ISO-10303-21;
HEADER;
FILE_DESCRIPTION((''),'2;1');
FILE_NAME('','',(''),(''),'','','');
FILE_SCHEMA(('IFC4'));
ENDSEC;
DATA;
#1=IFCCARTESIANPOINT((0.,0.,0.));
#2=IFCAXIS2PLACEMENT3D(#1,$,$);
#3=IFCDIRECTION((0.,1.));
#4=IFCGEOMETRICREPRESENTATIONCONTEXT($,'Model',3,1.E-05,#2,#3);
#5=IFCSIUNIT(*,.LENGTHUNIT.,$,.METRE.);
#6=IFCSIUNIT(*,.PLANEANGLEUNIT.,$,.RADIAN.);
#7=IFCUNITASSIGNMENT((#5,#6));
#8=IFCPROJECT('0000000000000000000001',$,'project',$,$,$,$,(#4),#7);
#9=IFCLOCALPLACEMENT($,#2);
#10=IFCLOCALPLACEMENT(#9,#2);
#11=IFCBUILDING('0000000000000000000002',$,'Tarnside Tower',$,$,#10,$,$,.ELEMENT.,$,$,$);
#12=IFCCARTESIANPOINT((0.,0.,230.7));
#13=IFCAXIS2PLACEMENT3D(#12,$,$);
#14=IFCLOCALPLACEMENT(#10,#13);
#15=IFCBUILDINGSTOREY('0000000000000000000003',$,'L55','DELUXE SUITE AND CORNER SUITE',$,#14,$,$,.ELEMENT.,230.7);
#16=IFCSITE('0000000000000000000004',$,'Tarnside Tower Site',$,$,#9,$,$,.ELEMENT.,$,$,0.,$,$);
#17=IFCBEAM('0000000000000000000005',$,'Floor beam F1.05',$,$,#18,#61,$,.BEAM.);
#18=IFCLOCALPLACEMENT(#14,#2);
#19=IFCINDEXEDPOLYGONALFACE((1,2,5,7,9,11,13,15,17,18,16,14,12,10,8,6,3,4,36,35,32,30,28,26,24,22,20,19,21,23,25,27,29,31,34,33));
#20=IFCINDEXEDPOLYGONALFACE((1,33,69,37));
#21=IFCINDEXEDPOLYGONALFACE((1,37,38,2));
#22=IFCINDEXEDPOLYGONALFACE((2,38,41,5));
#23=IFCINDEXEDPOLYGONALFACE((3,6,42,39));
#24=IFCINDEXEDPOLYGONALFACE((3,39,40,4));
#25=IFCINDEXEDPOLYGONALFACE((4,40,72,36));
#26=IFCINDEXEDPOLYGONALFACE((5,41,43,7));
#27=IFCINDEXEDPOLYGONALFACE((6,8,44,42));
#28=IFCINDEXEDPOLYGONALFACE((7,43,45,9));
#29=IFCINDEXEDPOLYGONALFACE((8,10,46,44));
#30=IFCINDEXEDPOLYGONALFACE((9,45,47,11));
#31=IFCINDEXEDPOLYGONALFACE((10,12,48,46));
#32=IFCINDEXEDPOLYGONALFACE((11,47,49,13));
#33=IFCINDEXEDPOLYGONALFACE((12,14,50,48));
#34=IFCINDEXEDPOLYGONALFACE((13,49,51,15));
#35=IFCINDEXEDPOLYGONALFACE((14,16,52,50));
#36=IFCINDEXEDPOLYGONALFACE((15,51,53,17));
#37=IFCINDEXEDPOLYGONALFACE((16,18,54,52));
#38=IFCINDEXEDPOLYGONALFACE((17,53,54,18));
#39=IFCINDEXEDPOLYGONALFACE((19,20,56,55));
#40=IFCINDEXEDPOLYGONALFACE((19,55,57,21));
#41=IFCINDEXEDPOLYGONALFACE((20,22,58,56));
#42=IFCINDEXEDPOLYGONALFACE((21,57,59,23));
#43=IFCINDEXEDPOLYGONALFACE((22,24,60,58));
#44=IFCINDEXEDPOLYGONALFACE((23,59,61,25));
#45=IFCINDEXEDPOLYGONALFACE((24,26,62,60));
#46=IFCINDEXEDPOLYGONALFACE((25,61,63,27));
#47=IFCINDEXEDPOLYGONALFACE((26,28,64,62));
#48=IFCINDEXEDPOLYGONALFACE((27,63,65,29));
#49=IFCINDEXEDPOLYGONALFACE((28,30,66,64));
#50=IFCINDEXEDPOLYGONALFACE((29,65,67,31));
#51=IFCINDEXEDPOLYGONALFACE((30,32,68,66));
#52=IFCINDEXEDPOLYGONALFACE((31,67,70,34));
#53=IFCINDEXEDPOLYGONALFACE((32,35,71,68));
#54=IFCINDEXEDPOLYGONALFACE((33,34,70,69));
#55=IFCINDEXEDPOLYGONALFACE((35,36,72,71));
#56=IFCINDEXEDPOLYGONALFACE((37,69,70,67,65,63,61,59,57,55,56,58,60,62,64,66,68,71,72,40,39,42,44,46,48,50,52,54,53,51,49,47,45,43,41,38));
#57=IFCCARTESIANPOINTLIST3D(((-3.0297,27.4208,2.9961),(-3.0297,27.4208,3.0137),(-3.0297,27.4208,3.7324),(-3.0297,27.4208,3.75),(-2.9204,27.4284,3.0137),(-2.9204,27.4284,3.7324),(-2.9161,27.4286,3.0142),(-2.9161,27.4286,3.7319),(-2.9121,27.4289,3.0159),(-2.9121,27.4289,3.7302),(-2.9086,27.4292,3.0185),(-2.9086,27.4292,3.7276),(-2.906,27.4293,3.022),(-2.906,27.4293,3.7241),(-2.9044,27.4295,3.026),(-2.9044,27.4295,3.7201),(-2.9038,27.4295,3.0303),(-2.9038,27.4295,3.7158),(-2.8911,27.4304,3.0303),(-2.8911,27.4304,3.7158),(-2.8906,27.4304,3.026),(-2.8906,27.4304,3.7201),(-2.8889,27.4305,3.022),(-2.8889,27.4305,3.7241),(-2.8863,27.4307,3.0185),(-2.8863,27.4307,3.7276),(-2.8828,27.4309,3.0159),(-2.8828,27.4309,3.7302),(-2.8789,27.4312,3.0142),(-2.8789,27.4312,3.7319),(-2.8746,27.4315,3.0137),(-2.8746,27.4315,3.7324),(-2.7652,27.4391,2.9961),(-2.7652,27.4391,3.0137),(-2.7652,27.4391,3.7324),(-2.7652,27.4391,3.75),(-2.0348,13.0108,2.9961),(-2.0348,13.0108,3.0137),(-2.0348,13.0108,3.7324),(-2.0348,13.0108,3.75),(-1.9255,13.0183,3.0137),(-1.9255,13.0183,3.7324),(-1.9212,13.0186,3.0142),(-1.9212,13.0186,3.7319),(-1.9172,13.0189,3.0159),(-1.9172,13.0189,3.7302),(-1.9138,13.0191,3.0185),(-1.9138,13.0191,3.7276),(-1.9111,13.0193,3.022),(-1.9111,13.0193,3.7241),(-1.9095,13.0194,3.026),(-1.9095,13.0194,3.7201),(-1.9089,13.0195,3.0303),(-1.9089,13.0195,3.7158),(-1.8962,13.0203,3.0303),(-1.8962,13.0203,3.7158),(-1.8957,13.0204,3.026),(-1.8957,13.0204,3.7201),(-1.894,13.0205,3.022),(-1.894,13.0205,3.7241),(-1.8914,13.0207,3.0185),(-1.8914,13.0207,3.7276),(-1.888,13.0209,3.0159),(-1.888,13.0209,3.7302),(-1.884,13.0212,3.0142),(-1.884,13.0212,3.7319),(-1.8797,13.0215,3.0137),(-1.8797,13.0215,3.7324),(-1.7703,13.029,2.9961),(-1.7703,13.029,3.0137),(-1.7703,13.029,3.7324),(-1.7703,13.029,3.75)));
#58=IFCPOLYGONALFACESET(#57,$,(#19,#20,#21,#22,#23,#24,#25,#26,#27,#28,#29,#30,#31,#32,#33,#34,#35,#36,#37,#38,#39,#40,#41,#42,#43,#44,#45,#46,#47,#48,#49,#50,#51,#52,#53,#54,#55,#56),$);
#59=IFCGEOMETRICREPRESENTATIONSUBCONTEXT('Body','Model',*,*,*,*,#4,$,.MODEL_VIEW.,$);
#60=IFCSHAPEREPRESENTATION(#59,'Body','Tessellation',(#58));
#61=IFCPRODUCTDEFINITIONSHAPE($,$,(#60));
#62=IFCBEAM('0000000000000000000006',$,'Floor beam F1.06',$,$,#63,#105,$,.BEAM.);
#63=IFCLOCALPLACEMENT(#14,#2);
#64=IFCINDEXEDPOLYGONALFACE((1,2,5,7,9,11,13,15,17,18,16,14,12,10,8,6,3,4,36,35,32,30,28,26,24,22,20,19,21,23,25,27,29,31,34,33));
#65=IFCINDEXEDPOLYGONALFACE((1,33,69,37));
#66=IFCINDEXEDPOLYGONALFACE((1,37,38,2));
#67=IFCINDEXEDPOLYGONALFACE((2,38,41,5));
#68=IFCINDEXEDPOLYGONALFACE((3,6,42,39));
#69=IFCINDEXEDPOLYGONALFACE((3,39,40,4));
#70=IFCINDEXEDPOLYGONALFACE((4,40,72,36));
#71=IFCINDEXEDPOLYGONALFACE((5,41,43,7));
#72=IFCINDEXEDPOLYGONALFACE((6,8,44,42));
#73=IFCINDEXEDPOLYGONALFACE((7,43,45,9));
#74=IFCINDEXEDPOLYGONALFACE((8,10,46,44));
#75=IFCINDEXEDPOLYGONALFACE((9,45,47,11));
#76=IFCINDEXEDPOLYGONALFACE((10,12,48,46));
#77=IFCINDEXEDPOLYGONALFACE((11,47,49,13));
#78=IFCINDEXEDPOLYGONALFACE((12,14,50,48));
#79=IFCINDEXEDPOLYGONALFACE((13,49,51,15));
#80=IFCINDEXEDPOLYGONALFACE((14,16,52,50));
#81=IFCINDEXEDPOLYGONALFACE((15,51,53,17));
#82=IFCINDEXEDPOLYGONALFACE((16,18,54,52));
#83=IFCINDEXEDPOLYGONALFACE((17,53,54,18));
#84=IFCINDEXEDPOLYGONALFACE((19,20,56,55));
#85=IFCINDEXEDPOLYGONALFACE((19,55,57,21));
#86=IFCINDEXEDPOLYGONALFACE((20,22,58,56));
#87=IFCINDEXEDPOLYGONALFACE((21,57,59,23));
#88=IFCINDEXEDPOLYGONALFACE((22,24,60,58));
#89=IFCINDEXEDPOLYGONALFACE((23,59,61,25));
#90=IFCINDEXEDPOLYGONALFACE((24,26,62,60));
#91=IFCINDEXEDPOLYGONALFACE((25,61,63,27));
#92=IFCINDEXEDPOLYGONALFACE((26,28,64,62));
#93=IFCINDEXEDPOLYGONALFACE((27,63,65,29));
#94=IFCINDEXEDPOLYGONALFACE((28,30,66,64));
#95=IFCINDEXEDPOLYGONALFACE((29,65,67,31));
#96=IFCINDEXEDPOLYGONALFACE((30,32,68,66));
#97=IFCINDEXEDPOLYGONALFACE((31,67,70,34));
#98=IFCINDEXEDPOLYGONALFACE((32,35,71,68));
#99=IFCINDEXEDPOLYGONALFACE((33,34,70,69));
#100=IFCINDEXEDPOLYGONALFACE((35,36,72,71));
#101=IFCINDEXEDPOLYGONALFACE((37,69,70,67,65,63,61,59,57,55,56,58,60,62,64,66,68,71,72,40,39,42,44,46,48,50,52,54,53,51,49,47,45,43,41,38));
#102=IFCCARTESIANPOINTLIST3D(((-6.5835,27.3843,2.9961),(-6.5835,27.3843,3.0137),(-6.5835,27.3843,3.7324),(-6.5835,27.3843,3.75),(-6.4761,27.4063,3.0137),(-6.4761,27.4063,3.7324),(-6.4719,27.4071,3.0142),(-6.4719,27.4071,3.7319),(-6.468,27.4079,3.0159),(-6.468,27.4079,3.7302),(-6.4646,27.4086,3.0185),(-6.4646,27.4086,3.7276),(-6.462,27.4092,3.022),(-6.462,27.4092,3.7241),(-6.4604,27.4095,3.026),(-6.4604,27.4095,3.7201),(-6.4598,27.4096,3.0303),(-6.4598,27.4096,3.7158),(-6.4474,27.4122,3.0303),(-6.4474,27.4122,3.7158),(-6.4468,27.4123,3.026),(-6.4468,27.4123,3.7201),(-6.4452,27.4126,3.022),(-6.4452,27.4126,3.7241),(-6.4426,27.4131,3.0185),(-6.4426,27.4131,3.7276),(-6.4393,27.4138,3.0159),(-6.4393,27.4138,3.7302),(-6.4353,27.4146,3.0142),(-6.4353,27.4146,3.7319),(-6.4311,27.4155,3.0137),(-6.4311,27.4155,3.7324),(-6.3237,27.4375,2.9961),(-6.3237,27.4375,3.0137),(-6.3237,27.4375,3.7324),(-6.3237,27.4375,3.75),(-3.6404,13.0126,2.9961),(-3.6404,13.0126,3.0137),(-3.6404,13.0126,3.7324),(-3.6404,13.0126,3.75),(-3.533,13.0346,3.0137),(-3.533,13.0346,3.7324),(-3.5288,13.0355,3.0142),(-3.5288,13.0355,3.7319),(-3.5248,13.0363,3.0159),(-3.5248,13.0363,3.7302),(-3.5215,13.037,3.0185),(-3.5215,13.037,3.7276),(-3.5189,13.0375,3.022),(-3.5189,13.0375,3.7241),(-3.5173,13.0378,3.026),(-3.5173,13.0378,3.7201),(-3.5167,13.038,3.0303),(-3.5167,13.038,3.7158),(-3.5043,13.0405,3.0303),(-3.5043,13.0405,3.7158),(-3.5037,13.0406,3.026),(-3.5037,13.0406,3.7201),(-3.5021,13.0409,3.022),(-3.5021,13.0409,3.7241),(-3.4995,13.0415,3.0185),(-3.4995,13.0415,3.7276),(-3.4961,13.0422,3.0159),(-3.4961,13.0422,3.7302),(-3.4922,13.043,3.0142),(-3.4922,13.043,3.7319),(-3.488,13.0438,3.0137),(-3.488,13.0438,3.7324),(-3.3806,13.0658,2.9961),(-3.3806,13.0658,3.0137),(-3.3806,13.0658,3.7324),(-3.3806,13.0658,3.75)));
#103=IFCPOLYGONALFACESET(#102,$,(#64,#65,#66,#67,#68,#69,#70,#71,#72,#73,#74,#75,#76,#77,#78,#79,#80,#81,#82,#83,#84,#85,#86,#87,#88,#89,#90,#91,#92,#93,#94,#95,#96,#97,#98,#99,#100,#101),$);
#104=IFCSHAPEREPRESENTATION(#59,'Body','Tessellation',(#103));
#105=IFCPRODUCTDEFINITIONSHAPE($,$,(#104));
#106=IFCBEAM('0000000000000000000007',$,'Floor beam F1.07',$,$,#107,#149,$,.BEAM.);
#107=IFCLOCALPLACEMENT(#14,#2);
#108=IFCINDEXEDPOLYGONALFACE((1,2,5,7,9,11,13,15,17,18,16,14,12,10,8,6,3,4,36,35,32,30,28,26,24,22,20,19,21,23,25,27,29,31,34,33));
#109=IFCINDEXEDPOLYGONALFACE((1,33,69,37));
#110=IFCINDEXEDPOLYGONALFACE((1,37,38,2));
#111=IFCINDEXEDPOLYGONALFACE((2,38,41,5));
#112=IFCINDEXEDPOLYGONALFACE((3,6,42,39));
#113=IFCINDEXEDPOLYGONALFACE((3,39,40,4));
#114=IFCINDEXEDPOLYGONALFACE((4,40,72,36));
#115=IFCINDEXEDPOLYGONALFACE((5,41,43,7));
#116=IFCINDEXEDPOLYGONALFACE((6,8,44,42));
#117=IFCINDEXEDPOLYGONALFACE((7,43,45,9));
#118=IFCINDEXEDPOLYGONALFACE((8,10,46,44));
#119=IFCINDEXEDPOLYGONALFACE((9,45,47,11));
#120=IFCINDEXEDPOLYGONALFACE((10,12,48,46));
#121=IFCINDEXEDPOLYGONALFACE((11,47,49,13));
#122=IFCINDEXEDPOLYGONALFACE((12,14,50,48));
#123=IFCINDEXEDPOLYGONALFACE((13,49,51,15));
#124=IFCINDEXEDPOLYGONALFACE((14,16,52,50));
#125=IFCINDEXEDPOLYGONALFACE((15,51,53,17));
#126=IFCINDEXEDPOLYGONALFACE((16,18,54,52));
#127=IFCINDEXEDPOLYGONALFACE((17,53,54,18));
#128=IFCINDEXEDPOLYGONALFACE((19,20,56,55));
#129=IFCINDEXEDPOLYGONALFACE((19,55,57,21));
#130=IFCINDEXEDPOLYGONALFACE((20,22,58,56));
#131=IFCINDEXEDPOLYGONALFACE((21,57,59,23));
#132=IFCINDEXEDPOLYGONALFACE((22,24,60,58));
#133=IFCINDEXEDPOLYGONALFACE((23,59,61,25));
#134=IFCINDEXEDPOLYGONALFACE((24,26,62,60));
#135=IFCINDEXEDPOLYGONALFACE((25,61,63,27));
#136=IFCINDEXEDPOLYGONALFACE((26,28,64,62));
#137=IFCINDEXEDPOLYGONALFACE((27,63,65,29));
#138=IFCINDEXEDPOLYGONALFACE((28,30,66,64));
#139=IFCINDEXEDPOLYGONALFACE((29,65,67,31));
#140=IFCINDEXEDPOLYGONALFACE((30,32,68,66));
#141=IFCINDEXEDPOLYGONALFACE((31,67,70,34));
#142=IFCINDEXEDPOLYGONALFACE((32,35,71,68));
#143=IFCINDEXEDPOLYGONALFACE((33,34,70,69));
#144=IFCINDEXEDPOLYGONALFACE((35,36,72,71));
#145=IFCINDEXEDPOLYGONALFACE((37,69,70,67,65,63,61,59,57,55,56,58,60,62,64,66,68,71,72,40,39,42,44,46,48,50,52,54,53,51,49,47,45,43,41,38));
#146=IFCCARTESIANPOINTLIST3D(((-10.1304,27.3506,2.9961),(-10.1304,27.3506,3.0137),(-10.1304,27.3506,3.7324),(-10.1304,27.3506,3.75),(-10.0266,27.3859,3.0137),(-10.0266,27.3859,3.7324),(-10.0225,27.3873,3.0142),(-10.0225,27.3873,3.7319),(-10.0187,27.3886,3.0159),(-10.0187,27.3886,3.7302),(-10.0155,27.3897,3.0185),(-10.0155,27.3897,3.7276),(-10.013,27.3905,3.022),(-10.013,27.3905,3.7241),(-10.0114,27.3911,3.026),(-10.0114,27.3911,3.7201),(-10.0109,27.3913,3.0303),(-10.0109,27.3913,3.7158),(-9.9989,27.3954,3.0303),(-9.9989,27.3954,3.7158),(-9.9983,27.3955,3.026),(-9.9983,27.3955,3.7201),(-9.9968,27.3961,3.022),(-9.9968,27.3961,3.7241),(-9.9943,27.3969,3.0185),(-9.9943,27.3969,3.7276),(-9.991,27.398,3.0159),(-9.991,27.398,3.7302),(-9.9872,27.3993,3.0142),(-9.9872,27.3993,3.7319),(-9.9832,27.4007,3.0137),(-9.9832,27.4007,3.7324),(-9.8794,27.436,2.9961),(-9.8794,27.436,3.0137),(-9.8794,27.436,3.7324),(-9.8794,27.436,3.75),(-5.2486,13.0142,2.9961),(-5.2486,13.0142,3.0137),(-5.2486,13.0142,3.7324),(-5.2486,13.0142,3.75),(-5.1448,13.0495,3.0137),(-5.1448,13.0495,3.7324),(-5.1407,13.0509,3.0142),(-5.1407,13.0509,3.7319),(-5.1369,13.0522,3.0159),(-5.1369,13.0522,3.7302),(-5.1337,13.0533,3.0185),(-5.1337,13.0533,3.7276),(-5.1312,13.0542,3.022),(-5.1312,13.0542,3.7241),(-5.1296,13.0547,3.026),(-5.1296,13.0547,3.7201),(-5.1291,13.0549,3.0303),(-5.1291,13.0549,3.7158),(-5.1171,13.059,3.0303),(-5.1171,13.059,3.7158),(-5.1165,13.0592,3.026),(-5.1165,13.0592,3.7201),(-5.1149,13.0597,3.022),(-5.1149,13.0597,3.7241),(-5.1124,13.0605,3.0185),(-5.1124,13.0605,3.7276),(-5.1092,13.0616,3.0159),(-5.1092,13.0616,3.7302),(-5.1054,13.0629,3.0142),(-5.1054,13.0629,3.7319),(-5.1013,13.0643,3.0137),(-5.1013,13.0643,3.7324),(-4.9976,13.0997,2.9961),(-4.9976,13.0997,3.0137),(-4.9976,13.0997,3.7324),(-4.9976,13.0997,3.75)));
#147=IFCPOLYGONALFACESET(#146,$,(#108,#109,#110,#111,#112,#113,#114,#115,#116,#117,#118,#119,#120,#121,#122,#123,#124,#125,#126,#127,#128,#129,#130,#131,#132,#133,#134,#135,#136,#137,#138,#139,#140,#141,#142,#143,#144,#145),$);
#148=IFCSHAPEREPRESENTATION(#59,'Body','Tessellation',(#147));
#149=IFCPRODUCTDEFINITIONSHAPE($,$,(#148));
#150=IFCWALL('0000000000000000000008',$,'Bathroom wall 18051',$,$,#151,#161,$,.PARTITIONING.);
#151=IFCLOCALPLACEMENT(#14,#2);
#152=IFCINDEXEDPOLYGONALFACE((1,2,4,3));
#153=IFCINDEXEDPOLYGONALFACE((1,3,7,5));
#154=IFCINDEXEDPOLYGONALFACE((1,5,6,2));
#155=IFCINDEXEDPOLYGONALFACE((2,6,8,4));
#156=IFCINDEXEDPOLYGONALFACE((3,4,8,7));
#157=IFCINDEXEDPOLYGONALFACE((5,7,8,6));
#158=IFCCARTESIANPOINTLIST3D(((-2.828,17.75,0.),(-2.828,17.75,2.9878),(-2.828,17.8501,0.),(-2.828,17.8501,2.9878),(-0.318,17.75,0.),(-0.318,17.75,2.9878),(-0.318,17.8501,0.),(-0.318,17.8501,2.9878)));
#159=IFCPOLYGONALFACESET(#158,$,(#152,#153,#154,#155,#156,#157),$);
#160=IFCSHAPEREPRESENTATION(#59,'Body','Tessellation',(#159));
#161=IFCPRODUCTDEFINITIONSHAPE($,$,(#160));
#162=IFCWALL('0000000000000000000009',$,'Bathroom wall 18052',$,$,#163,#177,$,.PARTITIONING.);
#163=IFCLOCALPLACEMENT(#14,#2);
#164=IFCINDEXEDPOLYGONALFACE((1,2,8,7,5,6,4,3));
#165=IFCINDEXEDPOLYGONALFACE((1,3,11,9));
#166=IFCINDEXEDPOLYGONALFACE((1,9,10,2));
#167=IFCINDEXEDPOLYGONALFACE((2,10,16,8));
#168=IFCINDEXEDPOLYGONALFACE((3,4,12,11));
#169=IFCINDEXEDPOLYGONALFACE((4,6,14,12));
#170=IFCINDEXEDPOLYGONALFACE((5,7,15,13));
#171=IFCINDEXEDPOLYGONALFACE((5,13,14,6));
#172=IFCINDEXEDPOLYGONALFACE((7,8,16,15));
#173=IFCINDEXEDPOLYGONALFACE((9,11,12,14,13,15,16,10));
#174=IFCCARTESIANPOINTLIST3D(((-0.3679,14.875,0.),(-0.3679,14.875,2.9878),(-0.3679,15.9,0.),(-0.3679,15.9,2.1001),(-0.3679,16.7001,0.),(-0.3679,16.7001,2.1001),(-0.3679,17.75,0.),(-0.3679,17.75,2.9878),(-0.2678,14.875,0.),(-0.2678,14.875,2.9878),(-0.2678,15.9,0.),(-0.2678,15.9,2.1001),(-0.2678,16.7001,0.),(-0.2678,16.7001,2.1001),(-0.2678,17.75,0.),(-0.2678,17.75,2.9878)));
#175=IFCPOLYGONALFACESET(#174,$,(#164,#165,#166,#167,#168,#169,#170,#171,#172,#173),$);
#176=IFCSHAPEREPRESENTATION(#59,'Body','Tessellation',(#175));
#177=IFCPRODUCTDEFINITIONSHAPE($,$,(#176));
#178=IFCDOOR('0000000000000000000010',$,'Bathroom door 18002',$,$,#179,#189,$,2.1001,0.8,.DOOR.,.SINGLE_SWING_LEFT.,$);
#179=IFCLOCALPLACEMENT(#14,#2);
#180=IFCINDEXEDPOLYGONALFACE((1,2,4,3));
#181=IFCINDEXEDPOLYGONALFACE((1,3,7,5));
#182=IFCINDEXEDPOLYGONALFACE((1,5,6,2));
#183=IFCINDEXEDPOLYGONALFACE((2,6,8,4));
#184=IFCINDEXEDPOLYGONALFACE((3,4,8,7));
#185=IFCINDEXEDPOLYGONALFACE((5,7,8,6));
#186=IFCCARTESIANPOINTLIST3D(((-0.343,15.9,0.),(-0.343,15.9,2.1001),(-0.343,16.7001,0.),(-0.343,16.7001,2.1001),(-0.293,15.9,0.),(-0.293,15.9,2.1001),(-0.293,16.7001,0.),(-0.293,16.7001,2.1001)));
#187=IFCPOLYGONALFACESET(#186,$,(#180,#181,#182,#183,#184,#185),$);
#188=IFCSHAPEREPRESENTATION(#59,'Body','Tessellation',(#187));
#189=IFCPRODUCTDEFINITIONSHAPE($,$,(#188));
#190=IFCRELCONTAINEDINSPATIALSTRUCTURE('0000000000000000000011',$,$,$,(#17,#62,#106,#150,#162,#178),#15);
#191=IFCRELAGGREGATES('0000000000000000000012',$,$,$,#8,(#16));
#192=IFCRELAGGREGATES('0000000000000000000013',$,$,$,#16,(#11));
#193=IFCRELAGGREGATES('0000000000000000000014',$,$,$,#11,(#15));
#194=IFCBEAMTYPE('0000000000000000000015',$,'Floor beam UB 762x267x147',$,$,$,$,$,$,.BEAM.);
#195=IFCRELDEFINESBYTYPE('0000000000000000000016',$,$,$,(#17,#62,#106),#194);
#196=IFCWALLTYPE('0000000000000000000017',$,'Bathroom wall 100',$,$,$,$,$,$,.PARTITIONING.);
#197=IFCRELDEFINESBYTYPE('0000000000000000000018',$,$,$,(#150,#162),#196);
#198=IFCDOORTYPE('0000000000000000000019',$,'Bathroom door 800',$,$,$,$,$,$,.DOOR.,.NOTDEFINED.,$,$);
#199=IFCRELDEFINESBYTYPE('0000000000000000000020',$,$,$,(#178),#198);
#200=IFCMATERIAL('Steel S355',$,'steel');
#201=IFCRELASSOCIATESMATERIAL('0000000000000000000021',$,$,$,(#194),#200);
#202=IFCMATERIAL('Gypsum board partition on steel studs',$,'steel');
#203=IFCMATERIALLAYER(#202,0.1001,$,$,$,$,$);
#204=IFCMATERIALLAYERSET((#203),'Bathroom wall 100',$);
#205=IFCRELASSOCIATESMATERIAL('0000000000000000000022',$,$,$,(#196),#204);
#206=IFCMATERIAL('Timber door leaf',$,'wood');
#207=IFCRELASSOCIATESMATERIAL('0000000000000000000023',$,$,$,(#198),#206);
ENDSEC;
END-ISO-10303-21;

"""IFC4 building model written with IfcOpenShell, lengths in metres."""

from ifc_helpers import new_model, si_unit, direction, frame, frame_2d, origin, origin_2d, place, context, subcontext, project, spatial, rectangle, i_section, extrude, material, layer, layer_set, material_profile, profile_set, type_object, element, fill, save


model = new_model("IFC4")

# Units and contexts
model_context = context("Model", 3, precision=1e-05, world=origin(), true_north=direction((0.0, 1.0)))
body_context = subcontext(model_context, "Body", "Model", "MODEL_VIEW")
ifc_project = project(units=[si_unit("LENGTHUNIT", "METRE"), si_unit("PLANEANGLEUNIT", "RADIAN")], contexts=[model_context])

# Site, building, storey
site_placement = place(None, origin())
site = spatial("IfcSite", under=ifc_project, at=site_placement, Name="Tarnside Tower Site", CompositionType="ELEMENT", RefElevation=0.0)
building_placement = place(site_placement, origin())
building = spatial("IfcBuilding", under=site, at=building_placement, Name="Tarnside Tower", CompositionType="ELEMENT")
storey_placement = place(building_placement, frame((0.0, 0.0, 230.7)))
storey = spatial("IfcBuildingStorey", under=building, at=storey_placement, Name="L55", Description="DELUXE SUITE AND CORNER SUITE", CompositionType="ELEMENT", Elevation=230.7)

# Beams
ifc_material_1 = material(Name="Steel S355", Category="steel")
ifc_material_profile = material_profile(ifc_material_1, i_section(OverallWidth=0.2651, OverallDepth=0.7539, WebThickness=0.0127, FlangeThickness=0.0176, FilletRadius=0.0166, at=origin_2d()), Name="UB 762x267x147")
ifc_profile_set = profile_set([ifc_material_profile], Name="Steel S355")
beam_type = type_object("IfcBeamType", Name="Floor beam UB 762x267x147", PredefinedType="BEAM", material=ifc_profile_set)
beam_1_placement = place(storey_placement, frame((-2.8975, 27.4299, 3.373), z_axis=(0.068877, -0.997625, 0.0), x_axis=(0.997625, 0.068877, 0.0)))
element("IfcBeam", 1, at=beam_1_placement, inside=storey, type_object=beam_type, Name="Floor beam F1.05", PredefinedType="BEAM", context=body_context, shape_type="SweptSolid", body=[
    extrude(i_section(OverallWidth=0.2651, OverallDepth=0.7539, WebThickness=0.0127, FlangeThickness=0.0176, FilletRadius=0.0166, at=origin_2d()), origin(), (0.0, 0.0, 1.0), 14.4443),
])
beam_2_placement = place(storey_placement, frame((-6.4536, 27.4109, 3.373), z_axis=(0.200623, -0.979668, 0.0), x_axis=(0.979668, 0.200623, 0.0)))
element("IfcBeam", 2, at=beam_2_placement, inside=storey, type_object=beam_type, Name="Floor beam F1.06", PredefinedType="BEAM", context=body_context, shape_type="SweptSolid", body=[
    extrude(i_section(OverallWidth=0.2651, OverallDepth=0.7539, WebThickness=0.0127, FlangeThickness=0.0176, FilletRadius=0.0166, at=origin_2d()), origin(), (0.0, 0.0, 1.0), 14.6699),
])
beam_3_placement = place(storey_placement, frame((-10.0049, 27.3933, 3.373), z_axis=(0.322344, -0.946623, 0.0), x_axis=(0.946623, 0.322344, 0.0)))
element("IfcBeam", 3, at=beam_3_placement, inside=storey, type_object=beam_type, Name="Floor beam F1.07", PredefinedType="BEAM", context=body_context, shape_type="SweptSolid", body=[
    extrude(i_section(OverallWidth=0.2651, OverallDepth=0.7539, WebThickness=0.0127, FlangeThickness=0.0176, FilletRadius=0.0166, at=origin_2d()), origin(), (0.0, 0.0, 1.0), 15.1448),
])

# Wall
ifc_material_2 = material(Name="Gypsum board partition on steel studs", Category="steel")
ifc_layer_1 = layer(ifc_material_2, 0.1001)
ifc_layer_set_1 = layer_set([ifc_layer_1], Name="Bathroom wall 100")
wall_type_1 = type_object("IfcWallType", Name="Bathroom wall 100", PredefinedType="PARTITIONING", material=ifc_layer_set_1)
wall_1_placement = place(storey_placement, frame((-2.8279, 17.8, 0.0), z_axis=(0.0, 0.0, 1.0), x_axis=(1.0, 0.0, 0.0)))
element("IfcWall", 4, at=wall_1_placement, inside=storey, type_object=wall_type_1, Name="Bathroom wall 18051", PredefinedType="PARTITIONING", context=body_context, shape_type="SweptSolid", body=[
    extrude(rectangle(XDim=2.51, YDim=0.1001, at=frame_2d((1.2549, 0.0))), origin(), (0.0, 0.0, 1.0), 2.9878),
])

# Wall, opening, door
wall_2_placement = place(storey_placement, frame((-0.3179, 17.75, 0.0), z_axis=(0.0, 0.0, 1.0), x_axis=(0.0, -1.0, 0.0)))
wall_2 = element("IfcWall", 5, at=wall_2_placement, inside=storey, type_object=wall_type_1, Name="Bathroom wall 18052", PredefinedType="PARTITIONING", context=body_context, shape_type="SweptSolid", body=[
    extrude(rectangle(XDim=2.875, YDim=0.1001, at=frame_2d((1.4375, 0.0))), origin(), (0.0, 0.0, 1.0), 2.9878),
])
opening_1_placement = place(wall_2_placement, frame((1.05, 0.0, 0.0)))
opening_1 = element("IfcOpeningElement", 6, at=opening_1_placement, cuts=wall_2, PredefinedType="OPENING", context=body_context, shape_type="SweptSolid", body=[
    extrude(rectangle(XDim=0.8, YDim=2.1001, at=frame_2d((0.3999, 1.05))), frame((0.0, 0.0601, 0.0), z_axis=(0.0, -1.0, 0.0), x_axis=(1.0, 0.0, 0.0)), (0.0, 0.0, 1.0), 0.1201),
])
ifc_material_3 = material(Name="Timber door leaf", Category="wood")
door_type_1 = type_object("IfcDoorType", Name="Bathroom door 800", OperationType="NOTDEFINED", PredefinedType="DOOR", material=ifc_material_3)
door_1_placement = place(opening_1_placement, origin())
door_1 = element("IfcDoor", 7, at=door_1_placement, inside=storey, type_object=door_type_1, Name="Bathroom door 18002", OperationType="SINGLE_SWING_LEFT", OverallHeight=2.1001, OverallWidth=0.8, PredefinedType="DOOR", context=body_context, shape_type="SweptSolid", body=[
    extrude(rectangle(XDim=0.8, YDim=2.1001, at=frame_2d((0.3999, 1.05))), frame((0.0, 0.0249, 0.0), z_axis=(0.0, -1.0, 0.0), x_axis=(1.0, 0.0, 0.0)), (0.0, 0.0, 1.0), 0.05),
])
fill(opening_1, door_1)

save(model, "model.ifc")
